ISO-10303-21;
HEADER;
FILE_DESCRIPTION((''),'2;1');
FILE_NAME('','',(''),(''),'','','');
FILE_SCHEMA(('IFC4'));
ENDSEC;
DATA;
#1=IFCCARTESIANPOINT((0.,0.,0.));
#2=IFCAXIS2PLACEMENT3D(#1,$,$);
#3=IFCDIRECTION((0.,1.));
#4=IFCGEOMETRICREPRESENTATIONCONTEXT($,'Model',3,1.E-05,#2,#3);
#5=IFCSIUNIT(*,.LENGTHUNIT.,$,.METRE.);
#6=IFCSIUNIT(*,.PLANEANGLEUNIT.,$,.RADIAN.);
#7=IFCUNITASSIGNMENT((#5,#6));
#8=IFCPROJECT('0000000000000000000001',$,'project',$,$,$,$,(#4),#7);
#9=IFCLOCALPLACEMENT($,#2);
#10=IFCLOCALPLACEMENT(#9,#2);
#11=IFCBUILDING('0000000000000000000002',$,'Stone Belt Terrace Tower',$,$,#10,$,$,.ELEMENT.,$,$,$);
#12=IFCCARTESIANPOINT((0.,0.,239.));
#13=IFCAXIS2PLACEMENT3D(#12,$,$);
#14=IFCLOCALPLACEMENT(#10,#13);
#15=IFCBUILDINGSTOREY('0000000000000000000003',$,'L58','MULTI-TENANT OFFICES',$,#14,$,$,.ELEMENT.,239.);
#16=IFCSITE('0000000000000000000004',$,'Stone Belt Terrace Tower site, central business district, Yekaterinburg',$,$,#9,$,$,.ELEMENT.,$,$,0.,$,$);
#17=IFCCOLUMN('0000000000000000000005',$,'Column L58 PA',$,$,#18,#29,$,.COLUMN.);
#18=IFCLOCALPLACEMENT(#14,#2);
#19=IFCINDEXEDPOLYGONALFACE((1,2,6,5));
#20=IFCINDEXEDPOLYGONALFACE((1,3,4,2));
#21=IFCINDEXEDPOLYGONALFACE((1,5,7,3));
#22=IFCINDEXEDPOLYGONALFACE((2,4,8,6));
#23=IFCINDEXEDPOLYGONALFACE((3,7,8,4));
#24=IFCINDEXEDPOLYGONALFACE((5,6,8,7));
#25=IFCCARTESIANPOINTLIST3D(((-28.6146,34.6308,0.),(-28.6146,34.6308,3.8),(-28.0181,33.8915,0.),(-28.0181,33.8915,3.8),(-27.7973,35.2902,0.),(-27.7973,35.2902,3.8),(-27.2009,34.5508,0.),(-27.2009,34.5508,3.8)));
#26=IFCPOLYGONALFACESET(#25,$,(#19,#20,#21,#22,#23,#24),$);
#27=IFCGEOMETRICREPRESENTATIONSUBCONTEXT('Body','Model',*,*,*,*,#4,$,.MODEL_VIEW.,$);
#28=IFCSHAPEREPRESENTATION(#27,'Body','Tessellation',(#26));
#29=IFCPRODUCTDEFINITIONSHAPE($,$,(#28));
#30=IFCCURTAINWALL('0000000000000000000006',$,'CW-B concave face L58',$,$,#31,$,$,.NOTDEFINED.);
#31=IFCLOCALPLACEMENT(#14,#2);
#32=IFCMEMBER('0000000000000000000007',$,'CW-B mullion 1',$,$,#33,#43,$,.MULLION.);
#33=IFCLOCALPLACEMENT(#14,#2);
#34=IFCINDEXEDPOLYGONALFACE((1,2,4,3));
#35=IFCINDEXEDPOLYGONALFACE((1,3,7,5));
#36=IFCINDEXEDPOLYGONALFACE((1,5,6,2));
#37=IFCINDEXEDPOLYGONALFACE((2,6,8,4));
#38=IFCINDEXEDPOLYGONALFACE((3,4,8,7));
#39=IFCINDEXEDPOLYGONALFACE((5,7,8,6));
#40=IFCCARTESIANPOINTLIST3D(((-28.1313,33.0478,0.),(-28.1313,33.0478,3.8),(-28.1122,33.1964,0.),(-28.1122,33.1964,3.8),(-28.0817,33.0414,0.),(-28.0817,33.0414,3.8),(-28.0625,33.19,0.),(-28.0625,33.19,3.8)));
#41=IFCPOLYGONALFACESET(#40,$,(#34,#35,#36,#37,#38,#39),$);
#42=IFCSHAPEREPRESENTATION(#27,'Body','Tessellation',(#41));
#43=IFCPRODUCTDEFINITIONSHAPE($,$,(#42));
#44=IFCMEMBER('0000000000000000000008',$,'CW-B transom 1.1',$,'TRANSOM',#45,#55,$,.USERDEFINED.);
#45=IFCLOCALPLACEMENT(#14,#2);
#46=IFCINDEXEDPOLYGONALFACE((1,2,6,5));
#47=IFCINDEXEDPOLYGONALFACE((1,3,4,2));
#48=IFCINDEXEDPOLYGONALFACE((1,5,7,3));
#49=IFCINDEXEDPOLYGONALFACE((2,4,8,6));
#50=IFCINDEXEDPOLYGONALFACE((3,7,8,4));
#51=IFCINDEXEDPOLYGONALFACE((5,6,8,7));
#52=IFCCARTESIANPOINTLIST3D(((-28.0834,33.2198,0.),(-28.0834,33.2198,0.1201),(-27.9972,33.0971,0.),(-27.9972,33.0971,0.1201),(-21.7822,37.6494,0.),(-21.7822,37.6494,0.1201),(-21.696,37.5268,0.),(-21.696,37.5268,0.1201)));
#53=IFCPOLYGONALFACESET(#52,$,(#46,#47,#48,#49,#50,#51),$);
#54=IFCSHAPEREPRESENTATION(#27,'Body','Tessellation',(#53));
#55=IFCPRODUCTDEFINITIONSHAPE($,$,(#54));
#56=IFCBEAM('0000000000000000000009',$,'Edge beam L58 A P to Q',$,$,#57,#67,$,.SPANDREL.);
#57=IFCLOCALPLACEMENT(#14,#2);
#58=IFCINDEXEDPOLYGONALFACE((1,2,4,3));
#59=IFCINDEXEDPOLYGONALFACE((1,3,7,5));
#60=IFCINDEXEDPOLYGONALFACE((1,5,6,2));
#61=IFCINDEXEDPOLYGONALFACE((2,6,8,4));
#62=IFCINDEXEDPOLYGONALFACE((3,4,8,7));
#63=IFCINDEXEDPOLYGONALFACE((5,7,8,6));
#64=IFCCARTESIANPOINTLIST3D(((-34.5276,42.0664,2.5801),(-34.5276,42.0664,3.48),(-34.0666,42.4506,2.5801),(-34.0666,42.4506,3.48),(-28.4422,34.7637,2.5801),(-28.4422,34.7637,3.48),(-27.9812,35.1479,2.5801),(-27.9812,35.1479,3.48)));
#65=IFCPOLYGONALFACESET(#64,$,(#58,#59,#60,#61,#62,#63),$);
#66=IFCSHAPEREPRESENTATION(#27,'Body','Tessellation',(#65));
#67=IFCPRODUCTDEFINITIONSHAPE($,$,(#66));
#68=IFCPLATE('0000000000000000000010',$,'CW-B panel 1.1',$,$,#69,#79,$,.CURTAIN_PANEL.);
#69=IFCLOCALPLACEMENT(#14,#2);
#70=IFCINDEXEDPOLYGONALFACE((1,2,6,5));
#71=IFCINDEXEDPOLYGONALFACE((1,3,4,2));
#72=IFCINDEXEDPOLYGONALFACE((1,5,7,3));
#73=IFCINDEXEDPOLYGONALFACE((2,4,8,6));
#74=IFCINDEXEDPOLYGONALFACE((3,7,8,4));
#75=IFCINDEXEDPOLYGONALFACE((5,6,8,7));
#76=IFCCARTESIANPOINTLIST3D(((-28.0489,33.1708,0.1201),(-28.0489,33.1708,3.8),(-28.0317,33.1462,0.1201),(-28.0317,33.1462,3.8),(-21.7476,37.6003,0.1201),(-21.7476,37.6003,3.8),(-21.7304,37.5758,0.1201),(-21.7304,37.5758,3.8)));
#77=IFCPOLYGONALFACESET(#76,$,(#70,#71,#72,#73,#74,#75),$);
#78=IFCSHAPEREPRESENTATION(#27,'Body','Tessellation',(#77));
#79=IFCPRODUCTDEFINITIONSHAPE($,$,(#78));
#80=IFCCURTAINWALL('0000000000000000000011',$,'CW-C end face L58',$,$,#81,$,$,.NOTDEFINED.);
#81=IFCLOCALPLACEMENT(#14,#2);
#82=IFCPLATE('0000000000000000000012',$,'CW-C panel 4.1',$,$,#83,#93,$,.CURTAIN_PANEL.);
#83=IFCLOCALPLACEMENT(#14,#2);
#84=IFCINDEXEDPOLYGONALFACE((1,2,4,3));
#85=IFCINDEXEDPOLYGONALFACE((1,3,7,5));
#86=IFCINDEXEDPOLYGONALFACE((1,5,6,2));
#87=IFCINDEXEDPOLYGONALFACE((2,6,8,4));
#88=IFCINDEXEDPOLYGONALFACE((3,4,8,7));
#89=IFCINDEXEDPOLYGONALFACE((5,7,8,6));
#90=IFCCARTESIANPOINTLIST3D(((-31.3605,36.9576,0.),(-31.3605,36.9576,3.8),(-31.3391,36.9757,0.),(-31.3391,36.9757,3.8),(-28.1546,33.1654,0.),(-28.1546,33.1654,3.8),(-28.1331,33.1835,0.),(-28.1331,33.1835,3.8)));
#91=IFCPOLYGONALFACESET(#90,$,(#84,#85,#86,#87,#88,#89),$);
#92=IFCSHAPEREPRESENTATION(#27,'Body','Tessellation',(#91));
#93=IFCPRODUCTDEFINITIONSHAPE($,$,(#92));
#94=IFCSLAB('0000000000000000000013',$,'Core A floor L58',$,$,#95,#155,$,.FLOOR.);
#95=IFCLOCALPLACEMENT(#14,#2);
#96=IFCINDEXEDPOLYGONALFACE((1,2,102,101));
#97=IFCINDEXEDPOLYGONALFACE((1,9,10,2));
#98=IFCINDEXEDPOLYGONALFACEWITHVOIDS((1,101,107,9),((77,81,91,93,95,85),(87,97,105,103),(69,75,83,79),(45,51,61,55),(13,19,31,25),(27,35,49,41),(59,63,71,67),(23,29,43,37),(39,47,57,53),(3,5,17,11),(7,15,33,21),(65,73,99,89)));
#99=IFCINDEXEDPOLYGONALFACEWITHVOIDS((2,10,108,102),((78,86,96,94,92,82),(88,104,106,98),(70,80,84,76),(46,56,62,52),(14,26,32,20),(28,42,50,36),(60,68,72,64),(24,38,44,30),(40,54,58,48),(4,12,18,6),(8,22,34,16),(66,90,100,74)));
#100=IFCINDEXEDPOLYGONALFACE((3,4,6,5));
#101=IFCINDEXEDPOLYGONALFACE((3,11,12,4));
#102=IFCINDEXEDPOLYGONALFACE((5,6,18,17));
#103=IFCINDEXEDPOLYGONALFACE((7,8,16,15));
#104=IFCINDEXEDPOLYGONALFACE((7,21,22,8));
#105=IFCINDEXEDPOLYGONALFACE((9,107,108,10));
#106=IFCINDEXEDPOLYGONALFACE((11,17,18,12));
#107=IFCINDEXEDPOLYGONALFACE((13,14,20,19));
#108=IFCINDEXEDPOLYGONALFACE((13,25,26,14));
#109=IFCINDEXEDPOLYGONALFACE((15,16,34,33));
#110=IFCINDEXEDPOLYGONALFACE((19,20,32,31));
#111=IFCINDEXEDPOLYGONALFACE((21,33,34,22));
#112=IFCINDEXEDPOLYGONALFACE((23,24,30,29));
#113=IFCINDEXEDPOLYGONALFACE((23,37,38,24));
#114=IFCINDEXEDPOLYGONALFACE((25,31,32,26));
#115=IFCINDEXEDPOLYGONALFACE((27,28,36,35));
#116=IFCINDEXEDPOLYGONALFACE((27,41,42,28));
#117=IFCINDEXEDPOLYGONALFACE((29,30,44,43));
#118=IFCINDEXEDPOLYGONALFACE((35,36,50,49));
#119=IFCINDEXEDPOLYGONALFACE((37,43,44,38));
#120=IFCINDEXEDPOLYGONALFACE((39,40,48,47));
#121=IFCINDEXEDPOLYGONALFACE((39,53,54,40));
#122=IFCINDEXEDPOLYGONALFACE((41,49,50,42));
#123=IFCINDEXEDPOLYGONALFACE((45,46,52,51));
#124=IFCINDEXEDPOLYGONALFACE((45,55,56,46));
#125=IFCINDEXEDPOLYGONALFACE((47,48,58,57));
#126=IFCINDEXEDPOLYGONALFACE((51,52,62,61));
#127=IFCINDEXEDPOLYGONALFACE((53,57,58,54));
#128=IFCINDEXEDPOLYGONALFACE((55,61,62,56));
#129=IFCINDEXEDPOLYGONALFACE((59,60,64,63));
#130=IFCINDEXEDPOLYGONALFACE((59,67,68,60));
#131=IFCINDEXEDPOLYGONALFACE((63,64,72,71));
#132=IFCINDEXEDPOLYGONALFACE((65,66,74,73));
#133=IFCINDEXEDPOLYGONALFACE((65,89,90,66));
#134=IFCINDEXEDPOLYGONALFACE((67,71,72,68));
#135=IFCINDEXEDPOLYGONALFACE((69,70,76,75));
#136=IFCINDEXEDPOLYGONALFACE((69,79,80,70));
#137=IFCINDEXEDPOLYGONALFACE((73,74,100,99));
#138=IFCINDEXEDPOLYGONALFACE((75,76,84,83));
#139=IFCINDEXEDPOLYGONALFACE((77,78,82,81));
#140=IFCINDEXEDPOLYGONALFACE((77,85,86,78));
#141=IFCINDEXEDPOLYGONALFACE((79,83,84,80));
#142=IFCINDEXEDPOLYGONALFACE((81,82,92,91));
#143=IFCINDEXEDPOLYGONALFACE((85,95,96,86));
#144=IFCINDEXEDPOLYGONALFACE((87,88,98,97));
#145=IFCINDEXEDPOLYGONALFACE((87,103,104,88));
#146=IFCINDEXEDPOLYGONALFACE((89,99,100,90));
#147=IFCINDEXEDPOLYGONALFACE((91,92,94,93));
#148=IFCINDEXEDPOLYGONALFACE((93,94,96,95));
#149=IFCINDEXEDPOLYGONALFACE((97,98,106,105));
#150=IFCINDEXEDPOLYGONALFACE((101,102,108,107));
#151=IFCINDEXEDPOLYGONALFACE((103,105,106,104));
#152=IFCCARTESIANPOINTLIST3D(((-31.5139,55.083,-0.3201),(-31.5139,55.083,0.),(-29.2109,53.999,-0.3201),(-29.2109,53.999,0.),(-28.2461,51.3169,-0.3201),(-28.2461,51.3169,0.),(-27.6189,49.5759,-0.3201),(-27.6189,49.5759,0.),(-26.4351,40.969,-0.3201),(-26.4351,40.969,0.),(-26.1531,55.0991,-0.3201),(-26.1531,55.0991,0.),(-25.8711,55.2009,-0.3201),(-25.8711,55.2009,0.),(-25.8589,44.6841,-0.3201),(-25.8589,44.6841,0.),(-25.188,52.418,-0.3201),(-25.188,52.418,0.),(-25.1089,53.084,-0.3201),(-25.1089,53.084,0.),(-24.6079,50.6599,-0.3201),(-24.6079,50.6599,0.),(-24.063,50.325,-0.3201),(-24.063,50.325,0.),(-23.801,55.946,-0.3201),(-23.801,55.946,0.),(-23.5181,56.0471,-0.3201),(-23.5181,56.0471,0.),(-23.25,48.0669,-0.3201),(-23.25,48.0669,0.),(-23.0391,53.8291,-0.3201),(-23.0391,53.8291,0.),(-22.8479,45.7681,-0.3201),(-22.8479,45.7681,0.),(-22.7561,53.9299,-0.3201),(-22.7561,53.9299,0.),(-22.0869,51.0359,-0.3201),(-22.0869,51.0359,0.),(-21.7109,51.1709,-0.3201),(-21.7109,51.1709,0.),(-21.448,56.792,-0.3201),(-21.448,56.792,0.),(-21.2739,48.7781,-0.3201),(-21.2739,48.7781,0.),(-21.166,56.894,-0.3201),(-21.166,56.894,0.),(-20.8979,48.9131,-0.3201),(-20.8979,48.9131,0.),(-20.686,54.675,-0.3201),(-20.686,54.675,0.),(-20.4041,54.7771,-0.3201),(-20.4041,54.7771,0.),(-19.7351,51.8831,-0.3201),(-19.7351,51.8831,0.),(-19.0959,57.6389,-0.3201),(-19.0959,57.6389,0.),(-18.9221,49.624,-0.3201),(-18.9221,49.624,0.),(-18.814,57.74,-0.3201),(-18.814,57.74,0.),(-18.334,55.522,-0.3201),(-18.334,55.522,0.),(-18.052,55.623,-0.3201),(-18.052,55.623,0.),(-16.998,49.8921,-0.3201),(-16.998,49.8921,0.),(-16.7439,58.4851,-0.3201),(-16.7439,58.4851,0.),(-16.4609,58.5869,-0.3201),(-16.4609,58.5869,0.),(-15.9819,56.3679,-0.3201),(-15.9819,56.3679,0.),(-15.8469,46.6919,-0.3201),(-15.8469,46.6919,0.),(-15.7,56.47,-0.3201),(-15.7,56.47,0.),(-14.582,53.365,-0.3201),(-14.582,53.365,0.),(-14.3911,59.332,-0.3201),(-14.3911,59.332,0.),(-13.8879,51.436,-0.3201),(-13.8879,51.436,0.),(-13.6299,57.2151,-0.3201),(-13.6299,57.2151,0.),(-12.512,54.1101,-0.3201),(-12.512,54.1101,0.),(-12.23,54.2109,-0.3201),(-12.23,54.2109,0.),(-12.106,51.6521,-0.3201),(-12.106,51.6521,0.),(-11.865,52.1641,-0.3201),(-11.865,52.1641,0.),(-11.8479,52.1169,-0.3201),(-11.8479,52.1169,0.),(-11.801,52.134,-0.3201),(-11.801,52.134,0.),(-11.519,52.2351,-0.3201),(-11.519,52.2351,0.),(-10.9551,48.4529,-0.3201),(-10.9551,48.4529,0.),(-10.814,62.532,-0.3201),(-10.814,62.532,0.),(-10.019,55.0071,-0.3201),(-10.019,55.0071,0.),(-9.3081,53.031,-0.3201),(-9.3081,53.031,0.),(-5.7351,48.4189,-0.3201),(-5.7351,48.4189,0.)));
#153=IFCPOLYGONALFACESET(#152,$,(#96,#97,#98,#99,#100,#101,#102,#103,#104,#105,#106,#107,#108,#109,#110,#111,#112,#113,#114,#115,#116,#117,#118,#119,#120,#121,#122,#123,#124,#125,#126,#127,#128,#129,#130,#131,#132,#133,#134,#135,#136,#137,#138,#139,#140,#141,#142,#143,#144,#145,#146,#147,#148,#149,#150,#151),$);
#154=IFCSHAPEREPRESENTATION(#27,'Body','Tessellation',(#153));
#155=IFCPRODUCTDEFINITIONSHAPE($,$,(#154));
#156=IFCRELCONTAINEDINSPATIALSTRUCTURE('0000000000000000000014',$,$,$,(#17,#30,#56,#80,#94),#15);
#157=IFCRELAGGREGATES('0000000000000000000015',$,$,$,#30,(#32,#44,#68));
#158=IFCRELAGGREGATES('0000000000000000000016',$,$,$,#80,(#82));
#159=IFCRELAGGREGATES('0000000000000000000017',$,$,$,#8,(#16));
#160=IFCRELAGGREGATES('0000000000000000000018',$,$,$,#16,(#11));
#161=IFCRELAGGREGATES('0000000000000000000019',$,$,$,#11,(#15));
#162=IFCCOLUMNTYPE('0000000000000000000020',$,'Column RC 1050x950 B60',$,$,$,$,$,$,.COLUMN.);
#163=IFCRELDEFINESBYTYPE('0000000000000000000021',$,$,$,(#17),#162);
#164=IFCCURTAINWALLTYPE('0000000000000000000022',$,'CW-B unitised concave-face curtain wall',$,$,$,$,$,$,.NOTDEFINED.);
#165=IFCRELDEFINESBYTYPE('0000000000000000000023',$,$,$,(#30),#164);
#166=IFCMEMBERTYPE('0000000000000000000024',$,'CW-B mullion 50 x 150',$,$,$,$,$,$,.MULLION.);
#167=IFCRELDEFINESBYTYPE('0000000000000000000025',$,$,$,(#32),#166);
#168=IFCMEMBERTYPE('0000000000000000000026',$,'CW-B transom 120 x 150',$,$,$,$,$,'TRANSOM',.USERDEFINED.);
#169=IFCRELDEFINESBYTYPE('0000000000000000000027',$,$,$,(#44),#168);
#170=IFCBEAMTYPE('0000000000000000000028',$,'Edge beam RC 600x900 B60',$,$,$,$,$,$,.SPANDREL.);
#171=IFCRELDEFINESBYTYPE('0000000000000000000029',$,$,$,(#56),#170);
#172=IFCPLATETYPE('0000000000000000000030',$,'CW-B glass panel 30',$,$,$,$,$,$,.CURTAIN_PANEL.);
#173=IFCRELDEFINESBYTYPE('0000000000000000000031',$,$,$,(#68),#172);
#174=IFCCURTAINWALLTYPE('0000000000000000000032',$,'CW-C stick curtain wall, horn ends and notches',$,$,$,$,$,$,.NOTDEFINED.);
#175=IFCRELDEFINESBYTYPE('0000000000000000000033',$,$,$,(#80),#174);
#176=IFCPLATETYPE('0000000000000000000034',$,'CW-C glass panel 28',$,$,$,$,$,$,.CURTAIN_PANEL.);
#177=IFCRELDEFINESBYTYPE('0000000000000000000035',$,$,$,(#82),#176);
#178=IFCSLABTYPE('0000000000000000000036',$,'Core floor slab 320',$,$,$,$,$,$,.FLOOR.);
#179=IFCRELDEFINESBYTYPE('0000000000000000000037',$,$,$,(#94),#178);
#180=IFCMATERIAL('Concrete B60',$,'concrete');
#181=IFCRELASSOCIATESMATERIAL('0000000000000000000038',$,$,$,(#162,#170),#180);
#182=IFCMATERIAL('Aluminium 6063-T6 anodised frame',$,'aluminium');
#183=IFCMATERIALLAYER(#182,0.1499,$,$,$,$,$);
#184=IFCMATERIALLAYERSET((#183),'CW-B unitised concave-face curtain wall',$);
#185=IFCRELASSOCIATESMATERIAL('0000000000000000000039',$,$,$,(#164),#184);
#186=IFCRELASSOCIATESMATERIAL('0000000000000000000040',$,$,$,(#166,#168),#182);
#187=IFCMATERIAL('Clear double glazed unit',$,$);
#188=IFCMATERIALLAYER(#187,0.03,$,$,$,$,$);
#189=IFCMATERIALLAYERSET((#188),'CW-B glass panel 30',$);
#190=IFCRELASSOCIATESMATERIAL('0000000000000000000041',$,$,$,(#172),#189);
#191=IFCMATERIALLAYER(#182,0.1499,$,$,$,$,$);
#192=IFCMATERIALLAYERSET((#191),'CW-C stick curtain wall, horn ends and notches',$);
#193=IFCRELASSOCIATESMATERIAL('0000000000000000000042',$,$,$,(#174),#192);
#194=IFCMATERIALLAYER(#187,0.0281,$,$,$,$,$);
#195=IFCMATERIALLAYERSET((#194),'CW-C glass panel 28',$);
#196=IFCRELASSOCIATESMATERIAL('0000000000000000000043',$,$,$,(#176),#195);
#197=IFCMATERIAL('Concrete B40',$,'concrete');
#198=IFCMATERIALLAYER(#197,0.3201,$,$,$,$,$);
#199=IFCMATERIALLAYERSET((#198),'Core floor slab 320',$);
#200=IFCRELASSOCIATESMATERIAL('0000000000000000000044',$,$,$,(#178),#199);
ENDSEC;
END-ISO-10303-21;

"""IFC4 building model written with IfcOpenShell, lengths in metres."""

from ifc_helpers import new_model, si_unit, direction, frame, origin, origin_2d, place, context, subcontext, project, spatial, polyline, rectangle, outline, extrude, material, layer, layer_set, material_profile, profile_set, type_object, element, aggregate, save


model = new_model("IFC4")

# Units and contexts
model_context = context("Model", 3, precision=1e-05, world=origin(), true_north=direction((0.0, 1.0)))
body_context = subcontext(model_context, "Body", "Model", "MODEL_VIEW")
ifc_project = project(units=[si_unit("LENGTHUNIT", "METRE"), si_unit("PLANEANGLEUNIT", "RADIAN")], contexts=[model_context])

# Site, building, storey
site_placement = place(None, origin())
site = spatial("IfcSite", under=ifc_project, at=site_placement, Name="Stone Belt Terrace Tower site, central business district, Yekaterinburg", CompositionType="ELEMENT", RefElevation=0.0)
building_placement = place(site_placement, origin())
building = spatial("IfcBuilding", under=site, at=building_placement, Name="Stone Belt Terrace Tower", CompositionType="ELEMENT")
storey_placement = place(building_placement, frame((0.0, 0.0, 239.0)))
storey = spatial("IfcBuildingStorey", under=building, at=storey_placement, Name="L58", Description="MULTI-TENANT OFFICES", CompositionType="ELEMENT", Elevation=239.0)

# Column
ifc_material_1 = material(Name="Concrete B60", Category="concrete")
ifc_material_profile_1 = material_profile(ifc_material_1, rectangle(XDim=1.05, YDim=0.95, at=origin_2d()), Name="RC 1050x950")
ifc_profile_set_1 = profile_set([ifc_material_profile_1], Name="Concrete B60")
column_type = type_object("IfcColumnType", Name="Column RC 1050x950 B60", PredefinedType="COLUMN", material=ifc_profile_set_1)
column_placement = place(storey_placement, frame((-27.9077, 34.5908, 0.0), z_axis=(0.0, 0.0, 1.0), x_axis=(0.778284, 0.627913, 0.0)))
element("IfcColumn", 1, at=column_placement, inside=storey, type_object=column_type, Name="Column L58 PA", PredefinedType="COLUMN", context=body_context, shape_type="SweptSolid", body=[
    extrude(rectangle(XDim=1.05, YDim=0.95, at=origin_2d()), origin(), (0.0, 0.0, 1.0), 3.8),
])

# Curtain wall, members
ifc_material_2 = material(Name="Aluminium 6063-T6 anodised frame", Category="aluminium")
ifc_layer_1 = layer(ifc_material_2, 0.1499)
ifc_layer_set_1 = layer_set([ifc_layer_1], Name="CW-B unitised concave-face curtain wall")
curtain_wall_type_1 = type_object("IfcCurtainWallType", Name="CW-B unitised concave-face curtain wall", PredefinedType="NOTDEFINED", material=ifc_layer_set_1)
curtain_wall_1_placement = place(storey_placement, origin())
curtain_wall_1 = element("IfcCurtainWall", 2, at=curtain_wall_1_placement, inside=storey, type_object=curtain_wall_type_1, Name="CW-B concave face L58", PredefinedType="NOTDEFINED")
ifc_material_profile_2 = material_profile(ifc_material_2, rectangle(XDim=0.1499, YDim=0.05, at=origin_2d()), Name="Aluminium 6063-T6 50x150")
ifc_profile_set_2 = profile_set([ifc_material_profile_2], Name="Aluminium 6063-T6 anodised frame")
member_type_1 = type_object("IfcMemberType", Name="CW-B mullion 50 x 150", PredefinedType="MULLION", material=ifc_profile_set_2)
member_1_placement = place(storey_placement, frame((-28.0969, 33.1189, 0.0), z_axis=(0.0, 0.0, 1.0), x_axis=(0.127784, 0.991802, 0.0)))
member_1 = element("IfcMember", 3, at=member_1_placement, type_object=member_type_1, Name="CW-B mullion 1", PredefinedType="MULLION", context=body_context, shape_type="SweptSolid", body=[
    extrude(rectangle(XDim=0.1499, YDim=0.05, at=origin_2d()), origin(), (0.0, 0.0, 1.0), 3.8),
])
ifc_material_profile_3 = material_profile(ifc_material_2, rectangle(XDim=0.1499, YDim=0.1201, at=origin_2d()), Name="Aluminium 6063-T6 150x120")
ifc_profile_set_3 = profile_set([ifc_material_profile_3], Name="Aluminium 6063-T6 anodised frame")
member_type_2 = type_object("IfcMemberType", Name="CW-B transom 120 x 150", ElementType="TRANSOM", PredefinedType="USERDEFINED", material=ifc_profile_set_3)
member_2_placement = place(storey_placement, frame((-28.0403, 33.1584, 0.0601), z_axis=(0.818084, 0.575099, 0.0), x_axis=(-0.575099, 0.818084, 0.0)))
member_2 = element("IfcMember", 4, at=member_2_placement, type_object=member_type_2, Name="CW-B transom 1.1", ObjectType="TRANSOM", PredefinedType="USERDEFINED", context=body_context, shape_type="SweptSolid", body=[
    extrude(rectangle(XDim=0.1499, YDim=0.1201, at=origin_2d()), origin(), (0.0, 0.0, 1.0), 7.7024),
])

# Beam
ifc_material_profile_4 = material_profile(ifc_material_1, rectangle(XDim=0.6001, YDim=0.8999, at=origin_2d()), Name="RC 600x900")
ifc_profile_set_4 = profile_set([ifc_material_profile_4], Name="Concrete B60")
beam_type = type_object("IfcBeamType", Name="Edge beam RC 600x900 B60", PredefinedType="SPANDREL", material=ifc_profile_set_4)
beam_placement = place(storey_placement, frame((-28.2117, 34.9558, 3.03), z_axis=(-0.640174, 0.76823, 0.0), x_axis=(-0.76823, -0.640174, 0.0)))
element("IfcBeam", 5, at=beam_placement, inside=storey, type_object=beam_type, Name="Edge beam L58 A P to Q", PredefinedType="SPANDREL", context=body_context, shape_type="SweptSolid", body=[
    extrude(rectangle(XDim=0.6001, YDim=0.8999, at=origin_2d()), origin(), (0.0, 0.0, 1.0), 9.5059),
])

# Plate
ifc_material_3 = material(Name="Clear double glazed unit")
ifc_layer_2 = layer(ifc_material_3, 0.03)
ifc_layer_set_2 = layer_set([ifc_layer_2], Name="CW-B glass panel 30")
plate_type_1 = type_object("IfcPlateType", Name="CW-B glass panel 30", PredefinedType="CURTAIN_PANEL", material=ifc_layer_set_2)
plate_1_placement = place(storey_placement, frame((-24.8896, 35.3733, 0.1201), z_axis=(0.0, 0.0, 1.0), x_axis=(0.818093, 0.575085, 0.0)))
plate_1 = element("IfcPlate", 6, at=plate_1_placement, type_object=plate_type_1, Name="CW-B panel 1.1", PredefinedType="CURTAIN_PANEL", context=body_context, shape_type="SweptSolid", body=[
    extrude(rectangle(XDim=7.7024, YDim=0.03, at=origin_2d()), origin(), (0.0, 0.0, 1.0), 3.6799),
])
aggregate(curtain_wall_1, [member_1, member_2, plate_1])

# Curtain wall, plate
ifc_layer_3 = layer(ifc_material_2, 0.1499)
ifc_layer_set_3 = layer_set([ifc_layer_3], Name="CW-C stick curtain wall, horn ends and notches")
curtain_wall_type_2 = type_object("IfcCurtainWallType", Name="CW-C stick curtain wall, horn ends and notches", PredefinedType="NOTDEFINED", material=ifc_layer_set_3)
curtain_wall_2_placement = place(storey_placement, origin())
curtain_wall_2 = element("IfcCurtainWall", 7, at=curtain_wall_2_placement, inside=storey, type_object=curtain_wall_type_2, Name="CW-C end face L58", PredefinedType="NOTDEFINED")
ifc_layer_4 = layer(ifc_material_3, 0.0281)
ifc_layer_set_4 = layer_set([ifc_layer_4], Name="CW-C glass panel 28")
plate_type_2 = type_object("IfcPlateType", Name="CW-C glass panel 28", PredefinedType="CURTAIN_PANEL", material=ifc_layer_set_4)
plate_2_placement = place(storey_placement, frame((-29.7468, 35.0706, 0.0), z_axis=(0.0, 0.0, 1.0), x_axis=(0.645607, -0.76367, 0.0)))
plate_2 = element("IfcPlate", 8, at=plate_2_placement, type_object=plate_type_2, Name="CW-C panel 4.1", PredefinedType="CURTAIN_PANEL", context=body_context, shape_type="SweptSolid", body=[
    extrude(rectangle(XDim=4.9658, YDim=0.0281, at=origin_2d()), origin(), (0.0, 0.0, 1.0), 3.8),
])
aggregate(curtain_wall_2, [plate_2])

# Slab
ifc_material_4 = material(Name="Concrete B40", Category="concrete")
ifc_layer_5 = layer(ifc_material_4, 0.3201)
ifc_layer_set_5 = layer_set([ifc_layer_5], Name="Core floor slab 320")
slab_type_1 = type_object("IfcSlabType", Name="Core floor slab 320", PredefinedType="FLOOR", material=ifc_layer_set_5)
slab_1_placement = place(storey_placement, frame((0.0, 0.0, -0.3201)))
element("IfcSlab", 9, at=slab_1_placement, inside=storey, type_object=slab_type_1, Name="Core A floor L58", PredefinedType="FLOOR", context=body_context, shape_type="SweptSolid", body=[
    extrude(outline(polyline([(-26.4351, 40.969), (-5.7351, 48.4189), (-10.814, 62.532), (-31.5139, 55.083), (-26.4351, 40.969)]), holes=[polyline([(-24.6079, 50.6599), (-22.8479, 45.7681), (-25.8589, 44.6841), (-27.6189, 49.5759), (-24.6079, 50.6599)]), polyline([(-23.25, 48.0669), (-24.063, 50.325), (-22.0869, 51.0359), (-21.2739, 48.7781), (-23.25, 48.0669)]), polyline([(-20.8979, 48.9131), (-21.7109, 51.1709), (-19.7351, 51.8831), (-18.9221, 49.624), (-20.8979, 48.9131)]), polyline([(-28.2461, 51.3169), (-29.2109, 53.999), (-26.1531, 55.0991), (-25.188, 52.418), (-28.2461, 51.3169)]), polyline([(-23.801, 55.946), (-23.0391, 53.8291), (-25.1089, 53.084), (-25.8711, 55.2009), (-23.801, 55.946)]), polyline([(-21.448, 56.792), (-20.686, 54.675), (-22.7561, 53.9299), (-23.5181, 56.0471), (-21.448, 56.792)]), polyline([(-10.9551, 48.4529), (-15.8469, 46.6919), (-16.998, 49.8921), (-12.106, 51.6521), (-10.9551, 48.4529)]), polyline([(-11.8479, 52.1169), (-11.865, 52.1641), (-13.8879, 51.436), (-14.582, 53.365), (-12.512, 54.1101), (-11.801, 52.134), (-11.8479, 52.1169)]), polyline([(-9.3081, 53.031), (-11.519, 52.2351), (-12.23, 54.2109), (-10.019, 55.0071), (-9.3081, 53.031)]), polyline([(-21.166, 56.894), (-19.0959, 57.6389), (-18.334, 55.522), (-20.4041, 54.7771), (-21.166, 56.894)]), polyline([(-16.7439, 58.4851), (-15.9819, 56.3679), (-18.052, 55.623), (-18.814, 57.74), (-16.7439, 58.4851)]), polyline([(-14.3911, 59.332), (-13.6299, 57.2151), (-15.7, 56.47), (-16.4609, 58.5869), (-14.3911, 59.332)])]), origin(), (0.0, 0.0, 1.0), 0.3201),
])

save(model, "model.ifc")
